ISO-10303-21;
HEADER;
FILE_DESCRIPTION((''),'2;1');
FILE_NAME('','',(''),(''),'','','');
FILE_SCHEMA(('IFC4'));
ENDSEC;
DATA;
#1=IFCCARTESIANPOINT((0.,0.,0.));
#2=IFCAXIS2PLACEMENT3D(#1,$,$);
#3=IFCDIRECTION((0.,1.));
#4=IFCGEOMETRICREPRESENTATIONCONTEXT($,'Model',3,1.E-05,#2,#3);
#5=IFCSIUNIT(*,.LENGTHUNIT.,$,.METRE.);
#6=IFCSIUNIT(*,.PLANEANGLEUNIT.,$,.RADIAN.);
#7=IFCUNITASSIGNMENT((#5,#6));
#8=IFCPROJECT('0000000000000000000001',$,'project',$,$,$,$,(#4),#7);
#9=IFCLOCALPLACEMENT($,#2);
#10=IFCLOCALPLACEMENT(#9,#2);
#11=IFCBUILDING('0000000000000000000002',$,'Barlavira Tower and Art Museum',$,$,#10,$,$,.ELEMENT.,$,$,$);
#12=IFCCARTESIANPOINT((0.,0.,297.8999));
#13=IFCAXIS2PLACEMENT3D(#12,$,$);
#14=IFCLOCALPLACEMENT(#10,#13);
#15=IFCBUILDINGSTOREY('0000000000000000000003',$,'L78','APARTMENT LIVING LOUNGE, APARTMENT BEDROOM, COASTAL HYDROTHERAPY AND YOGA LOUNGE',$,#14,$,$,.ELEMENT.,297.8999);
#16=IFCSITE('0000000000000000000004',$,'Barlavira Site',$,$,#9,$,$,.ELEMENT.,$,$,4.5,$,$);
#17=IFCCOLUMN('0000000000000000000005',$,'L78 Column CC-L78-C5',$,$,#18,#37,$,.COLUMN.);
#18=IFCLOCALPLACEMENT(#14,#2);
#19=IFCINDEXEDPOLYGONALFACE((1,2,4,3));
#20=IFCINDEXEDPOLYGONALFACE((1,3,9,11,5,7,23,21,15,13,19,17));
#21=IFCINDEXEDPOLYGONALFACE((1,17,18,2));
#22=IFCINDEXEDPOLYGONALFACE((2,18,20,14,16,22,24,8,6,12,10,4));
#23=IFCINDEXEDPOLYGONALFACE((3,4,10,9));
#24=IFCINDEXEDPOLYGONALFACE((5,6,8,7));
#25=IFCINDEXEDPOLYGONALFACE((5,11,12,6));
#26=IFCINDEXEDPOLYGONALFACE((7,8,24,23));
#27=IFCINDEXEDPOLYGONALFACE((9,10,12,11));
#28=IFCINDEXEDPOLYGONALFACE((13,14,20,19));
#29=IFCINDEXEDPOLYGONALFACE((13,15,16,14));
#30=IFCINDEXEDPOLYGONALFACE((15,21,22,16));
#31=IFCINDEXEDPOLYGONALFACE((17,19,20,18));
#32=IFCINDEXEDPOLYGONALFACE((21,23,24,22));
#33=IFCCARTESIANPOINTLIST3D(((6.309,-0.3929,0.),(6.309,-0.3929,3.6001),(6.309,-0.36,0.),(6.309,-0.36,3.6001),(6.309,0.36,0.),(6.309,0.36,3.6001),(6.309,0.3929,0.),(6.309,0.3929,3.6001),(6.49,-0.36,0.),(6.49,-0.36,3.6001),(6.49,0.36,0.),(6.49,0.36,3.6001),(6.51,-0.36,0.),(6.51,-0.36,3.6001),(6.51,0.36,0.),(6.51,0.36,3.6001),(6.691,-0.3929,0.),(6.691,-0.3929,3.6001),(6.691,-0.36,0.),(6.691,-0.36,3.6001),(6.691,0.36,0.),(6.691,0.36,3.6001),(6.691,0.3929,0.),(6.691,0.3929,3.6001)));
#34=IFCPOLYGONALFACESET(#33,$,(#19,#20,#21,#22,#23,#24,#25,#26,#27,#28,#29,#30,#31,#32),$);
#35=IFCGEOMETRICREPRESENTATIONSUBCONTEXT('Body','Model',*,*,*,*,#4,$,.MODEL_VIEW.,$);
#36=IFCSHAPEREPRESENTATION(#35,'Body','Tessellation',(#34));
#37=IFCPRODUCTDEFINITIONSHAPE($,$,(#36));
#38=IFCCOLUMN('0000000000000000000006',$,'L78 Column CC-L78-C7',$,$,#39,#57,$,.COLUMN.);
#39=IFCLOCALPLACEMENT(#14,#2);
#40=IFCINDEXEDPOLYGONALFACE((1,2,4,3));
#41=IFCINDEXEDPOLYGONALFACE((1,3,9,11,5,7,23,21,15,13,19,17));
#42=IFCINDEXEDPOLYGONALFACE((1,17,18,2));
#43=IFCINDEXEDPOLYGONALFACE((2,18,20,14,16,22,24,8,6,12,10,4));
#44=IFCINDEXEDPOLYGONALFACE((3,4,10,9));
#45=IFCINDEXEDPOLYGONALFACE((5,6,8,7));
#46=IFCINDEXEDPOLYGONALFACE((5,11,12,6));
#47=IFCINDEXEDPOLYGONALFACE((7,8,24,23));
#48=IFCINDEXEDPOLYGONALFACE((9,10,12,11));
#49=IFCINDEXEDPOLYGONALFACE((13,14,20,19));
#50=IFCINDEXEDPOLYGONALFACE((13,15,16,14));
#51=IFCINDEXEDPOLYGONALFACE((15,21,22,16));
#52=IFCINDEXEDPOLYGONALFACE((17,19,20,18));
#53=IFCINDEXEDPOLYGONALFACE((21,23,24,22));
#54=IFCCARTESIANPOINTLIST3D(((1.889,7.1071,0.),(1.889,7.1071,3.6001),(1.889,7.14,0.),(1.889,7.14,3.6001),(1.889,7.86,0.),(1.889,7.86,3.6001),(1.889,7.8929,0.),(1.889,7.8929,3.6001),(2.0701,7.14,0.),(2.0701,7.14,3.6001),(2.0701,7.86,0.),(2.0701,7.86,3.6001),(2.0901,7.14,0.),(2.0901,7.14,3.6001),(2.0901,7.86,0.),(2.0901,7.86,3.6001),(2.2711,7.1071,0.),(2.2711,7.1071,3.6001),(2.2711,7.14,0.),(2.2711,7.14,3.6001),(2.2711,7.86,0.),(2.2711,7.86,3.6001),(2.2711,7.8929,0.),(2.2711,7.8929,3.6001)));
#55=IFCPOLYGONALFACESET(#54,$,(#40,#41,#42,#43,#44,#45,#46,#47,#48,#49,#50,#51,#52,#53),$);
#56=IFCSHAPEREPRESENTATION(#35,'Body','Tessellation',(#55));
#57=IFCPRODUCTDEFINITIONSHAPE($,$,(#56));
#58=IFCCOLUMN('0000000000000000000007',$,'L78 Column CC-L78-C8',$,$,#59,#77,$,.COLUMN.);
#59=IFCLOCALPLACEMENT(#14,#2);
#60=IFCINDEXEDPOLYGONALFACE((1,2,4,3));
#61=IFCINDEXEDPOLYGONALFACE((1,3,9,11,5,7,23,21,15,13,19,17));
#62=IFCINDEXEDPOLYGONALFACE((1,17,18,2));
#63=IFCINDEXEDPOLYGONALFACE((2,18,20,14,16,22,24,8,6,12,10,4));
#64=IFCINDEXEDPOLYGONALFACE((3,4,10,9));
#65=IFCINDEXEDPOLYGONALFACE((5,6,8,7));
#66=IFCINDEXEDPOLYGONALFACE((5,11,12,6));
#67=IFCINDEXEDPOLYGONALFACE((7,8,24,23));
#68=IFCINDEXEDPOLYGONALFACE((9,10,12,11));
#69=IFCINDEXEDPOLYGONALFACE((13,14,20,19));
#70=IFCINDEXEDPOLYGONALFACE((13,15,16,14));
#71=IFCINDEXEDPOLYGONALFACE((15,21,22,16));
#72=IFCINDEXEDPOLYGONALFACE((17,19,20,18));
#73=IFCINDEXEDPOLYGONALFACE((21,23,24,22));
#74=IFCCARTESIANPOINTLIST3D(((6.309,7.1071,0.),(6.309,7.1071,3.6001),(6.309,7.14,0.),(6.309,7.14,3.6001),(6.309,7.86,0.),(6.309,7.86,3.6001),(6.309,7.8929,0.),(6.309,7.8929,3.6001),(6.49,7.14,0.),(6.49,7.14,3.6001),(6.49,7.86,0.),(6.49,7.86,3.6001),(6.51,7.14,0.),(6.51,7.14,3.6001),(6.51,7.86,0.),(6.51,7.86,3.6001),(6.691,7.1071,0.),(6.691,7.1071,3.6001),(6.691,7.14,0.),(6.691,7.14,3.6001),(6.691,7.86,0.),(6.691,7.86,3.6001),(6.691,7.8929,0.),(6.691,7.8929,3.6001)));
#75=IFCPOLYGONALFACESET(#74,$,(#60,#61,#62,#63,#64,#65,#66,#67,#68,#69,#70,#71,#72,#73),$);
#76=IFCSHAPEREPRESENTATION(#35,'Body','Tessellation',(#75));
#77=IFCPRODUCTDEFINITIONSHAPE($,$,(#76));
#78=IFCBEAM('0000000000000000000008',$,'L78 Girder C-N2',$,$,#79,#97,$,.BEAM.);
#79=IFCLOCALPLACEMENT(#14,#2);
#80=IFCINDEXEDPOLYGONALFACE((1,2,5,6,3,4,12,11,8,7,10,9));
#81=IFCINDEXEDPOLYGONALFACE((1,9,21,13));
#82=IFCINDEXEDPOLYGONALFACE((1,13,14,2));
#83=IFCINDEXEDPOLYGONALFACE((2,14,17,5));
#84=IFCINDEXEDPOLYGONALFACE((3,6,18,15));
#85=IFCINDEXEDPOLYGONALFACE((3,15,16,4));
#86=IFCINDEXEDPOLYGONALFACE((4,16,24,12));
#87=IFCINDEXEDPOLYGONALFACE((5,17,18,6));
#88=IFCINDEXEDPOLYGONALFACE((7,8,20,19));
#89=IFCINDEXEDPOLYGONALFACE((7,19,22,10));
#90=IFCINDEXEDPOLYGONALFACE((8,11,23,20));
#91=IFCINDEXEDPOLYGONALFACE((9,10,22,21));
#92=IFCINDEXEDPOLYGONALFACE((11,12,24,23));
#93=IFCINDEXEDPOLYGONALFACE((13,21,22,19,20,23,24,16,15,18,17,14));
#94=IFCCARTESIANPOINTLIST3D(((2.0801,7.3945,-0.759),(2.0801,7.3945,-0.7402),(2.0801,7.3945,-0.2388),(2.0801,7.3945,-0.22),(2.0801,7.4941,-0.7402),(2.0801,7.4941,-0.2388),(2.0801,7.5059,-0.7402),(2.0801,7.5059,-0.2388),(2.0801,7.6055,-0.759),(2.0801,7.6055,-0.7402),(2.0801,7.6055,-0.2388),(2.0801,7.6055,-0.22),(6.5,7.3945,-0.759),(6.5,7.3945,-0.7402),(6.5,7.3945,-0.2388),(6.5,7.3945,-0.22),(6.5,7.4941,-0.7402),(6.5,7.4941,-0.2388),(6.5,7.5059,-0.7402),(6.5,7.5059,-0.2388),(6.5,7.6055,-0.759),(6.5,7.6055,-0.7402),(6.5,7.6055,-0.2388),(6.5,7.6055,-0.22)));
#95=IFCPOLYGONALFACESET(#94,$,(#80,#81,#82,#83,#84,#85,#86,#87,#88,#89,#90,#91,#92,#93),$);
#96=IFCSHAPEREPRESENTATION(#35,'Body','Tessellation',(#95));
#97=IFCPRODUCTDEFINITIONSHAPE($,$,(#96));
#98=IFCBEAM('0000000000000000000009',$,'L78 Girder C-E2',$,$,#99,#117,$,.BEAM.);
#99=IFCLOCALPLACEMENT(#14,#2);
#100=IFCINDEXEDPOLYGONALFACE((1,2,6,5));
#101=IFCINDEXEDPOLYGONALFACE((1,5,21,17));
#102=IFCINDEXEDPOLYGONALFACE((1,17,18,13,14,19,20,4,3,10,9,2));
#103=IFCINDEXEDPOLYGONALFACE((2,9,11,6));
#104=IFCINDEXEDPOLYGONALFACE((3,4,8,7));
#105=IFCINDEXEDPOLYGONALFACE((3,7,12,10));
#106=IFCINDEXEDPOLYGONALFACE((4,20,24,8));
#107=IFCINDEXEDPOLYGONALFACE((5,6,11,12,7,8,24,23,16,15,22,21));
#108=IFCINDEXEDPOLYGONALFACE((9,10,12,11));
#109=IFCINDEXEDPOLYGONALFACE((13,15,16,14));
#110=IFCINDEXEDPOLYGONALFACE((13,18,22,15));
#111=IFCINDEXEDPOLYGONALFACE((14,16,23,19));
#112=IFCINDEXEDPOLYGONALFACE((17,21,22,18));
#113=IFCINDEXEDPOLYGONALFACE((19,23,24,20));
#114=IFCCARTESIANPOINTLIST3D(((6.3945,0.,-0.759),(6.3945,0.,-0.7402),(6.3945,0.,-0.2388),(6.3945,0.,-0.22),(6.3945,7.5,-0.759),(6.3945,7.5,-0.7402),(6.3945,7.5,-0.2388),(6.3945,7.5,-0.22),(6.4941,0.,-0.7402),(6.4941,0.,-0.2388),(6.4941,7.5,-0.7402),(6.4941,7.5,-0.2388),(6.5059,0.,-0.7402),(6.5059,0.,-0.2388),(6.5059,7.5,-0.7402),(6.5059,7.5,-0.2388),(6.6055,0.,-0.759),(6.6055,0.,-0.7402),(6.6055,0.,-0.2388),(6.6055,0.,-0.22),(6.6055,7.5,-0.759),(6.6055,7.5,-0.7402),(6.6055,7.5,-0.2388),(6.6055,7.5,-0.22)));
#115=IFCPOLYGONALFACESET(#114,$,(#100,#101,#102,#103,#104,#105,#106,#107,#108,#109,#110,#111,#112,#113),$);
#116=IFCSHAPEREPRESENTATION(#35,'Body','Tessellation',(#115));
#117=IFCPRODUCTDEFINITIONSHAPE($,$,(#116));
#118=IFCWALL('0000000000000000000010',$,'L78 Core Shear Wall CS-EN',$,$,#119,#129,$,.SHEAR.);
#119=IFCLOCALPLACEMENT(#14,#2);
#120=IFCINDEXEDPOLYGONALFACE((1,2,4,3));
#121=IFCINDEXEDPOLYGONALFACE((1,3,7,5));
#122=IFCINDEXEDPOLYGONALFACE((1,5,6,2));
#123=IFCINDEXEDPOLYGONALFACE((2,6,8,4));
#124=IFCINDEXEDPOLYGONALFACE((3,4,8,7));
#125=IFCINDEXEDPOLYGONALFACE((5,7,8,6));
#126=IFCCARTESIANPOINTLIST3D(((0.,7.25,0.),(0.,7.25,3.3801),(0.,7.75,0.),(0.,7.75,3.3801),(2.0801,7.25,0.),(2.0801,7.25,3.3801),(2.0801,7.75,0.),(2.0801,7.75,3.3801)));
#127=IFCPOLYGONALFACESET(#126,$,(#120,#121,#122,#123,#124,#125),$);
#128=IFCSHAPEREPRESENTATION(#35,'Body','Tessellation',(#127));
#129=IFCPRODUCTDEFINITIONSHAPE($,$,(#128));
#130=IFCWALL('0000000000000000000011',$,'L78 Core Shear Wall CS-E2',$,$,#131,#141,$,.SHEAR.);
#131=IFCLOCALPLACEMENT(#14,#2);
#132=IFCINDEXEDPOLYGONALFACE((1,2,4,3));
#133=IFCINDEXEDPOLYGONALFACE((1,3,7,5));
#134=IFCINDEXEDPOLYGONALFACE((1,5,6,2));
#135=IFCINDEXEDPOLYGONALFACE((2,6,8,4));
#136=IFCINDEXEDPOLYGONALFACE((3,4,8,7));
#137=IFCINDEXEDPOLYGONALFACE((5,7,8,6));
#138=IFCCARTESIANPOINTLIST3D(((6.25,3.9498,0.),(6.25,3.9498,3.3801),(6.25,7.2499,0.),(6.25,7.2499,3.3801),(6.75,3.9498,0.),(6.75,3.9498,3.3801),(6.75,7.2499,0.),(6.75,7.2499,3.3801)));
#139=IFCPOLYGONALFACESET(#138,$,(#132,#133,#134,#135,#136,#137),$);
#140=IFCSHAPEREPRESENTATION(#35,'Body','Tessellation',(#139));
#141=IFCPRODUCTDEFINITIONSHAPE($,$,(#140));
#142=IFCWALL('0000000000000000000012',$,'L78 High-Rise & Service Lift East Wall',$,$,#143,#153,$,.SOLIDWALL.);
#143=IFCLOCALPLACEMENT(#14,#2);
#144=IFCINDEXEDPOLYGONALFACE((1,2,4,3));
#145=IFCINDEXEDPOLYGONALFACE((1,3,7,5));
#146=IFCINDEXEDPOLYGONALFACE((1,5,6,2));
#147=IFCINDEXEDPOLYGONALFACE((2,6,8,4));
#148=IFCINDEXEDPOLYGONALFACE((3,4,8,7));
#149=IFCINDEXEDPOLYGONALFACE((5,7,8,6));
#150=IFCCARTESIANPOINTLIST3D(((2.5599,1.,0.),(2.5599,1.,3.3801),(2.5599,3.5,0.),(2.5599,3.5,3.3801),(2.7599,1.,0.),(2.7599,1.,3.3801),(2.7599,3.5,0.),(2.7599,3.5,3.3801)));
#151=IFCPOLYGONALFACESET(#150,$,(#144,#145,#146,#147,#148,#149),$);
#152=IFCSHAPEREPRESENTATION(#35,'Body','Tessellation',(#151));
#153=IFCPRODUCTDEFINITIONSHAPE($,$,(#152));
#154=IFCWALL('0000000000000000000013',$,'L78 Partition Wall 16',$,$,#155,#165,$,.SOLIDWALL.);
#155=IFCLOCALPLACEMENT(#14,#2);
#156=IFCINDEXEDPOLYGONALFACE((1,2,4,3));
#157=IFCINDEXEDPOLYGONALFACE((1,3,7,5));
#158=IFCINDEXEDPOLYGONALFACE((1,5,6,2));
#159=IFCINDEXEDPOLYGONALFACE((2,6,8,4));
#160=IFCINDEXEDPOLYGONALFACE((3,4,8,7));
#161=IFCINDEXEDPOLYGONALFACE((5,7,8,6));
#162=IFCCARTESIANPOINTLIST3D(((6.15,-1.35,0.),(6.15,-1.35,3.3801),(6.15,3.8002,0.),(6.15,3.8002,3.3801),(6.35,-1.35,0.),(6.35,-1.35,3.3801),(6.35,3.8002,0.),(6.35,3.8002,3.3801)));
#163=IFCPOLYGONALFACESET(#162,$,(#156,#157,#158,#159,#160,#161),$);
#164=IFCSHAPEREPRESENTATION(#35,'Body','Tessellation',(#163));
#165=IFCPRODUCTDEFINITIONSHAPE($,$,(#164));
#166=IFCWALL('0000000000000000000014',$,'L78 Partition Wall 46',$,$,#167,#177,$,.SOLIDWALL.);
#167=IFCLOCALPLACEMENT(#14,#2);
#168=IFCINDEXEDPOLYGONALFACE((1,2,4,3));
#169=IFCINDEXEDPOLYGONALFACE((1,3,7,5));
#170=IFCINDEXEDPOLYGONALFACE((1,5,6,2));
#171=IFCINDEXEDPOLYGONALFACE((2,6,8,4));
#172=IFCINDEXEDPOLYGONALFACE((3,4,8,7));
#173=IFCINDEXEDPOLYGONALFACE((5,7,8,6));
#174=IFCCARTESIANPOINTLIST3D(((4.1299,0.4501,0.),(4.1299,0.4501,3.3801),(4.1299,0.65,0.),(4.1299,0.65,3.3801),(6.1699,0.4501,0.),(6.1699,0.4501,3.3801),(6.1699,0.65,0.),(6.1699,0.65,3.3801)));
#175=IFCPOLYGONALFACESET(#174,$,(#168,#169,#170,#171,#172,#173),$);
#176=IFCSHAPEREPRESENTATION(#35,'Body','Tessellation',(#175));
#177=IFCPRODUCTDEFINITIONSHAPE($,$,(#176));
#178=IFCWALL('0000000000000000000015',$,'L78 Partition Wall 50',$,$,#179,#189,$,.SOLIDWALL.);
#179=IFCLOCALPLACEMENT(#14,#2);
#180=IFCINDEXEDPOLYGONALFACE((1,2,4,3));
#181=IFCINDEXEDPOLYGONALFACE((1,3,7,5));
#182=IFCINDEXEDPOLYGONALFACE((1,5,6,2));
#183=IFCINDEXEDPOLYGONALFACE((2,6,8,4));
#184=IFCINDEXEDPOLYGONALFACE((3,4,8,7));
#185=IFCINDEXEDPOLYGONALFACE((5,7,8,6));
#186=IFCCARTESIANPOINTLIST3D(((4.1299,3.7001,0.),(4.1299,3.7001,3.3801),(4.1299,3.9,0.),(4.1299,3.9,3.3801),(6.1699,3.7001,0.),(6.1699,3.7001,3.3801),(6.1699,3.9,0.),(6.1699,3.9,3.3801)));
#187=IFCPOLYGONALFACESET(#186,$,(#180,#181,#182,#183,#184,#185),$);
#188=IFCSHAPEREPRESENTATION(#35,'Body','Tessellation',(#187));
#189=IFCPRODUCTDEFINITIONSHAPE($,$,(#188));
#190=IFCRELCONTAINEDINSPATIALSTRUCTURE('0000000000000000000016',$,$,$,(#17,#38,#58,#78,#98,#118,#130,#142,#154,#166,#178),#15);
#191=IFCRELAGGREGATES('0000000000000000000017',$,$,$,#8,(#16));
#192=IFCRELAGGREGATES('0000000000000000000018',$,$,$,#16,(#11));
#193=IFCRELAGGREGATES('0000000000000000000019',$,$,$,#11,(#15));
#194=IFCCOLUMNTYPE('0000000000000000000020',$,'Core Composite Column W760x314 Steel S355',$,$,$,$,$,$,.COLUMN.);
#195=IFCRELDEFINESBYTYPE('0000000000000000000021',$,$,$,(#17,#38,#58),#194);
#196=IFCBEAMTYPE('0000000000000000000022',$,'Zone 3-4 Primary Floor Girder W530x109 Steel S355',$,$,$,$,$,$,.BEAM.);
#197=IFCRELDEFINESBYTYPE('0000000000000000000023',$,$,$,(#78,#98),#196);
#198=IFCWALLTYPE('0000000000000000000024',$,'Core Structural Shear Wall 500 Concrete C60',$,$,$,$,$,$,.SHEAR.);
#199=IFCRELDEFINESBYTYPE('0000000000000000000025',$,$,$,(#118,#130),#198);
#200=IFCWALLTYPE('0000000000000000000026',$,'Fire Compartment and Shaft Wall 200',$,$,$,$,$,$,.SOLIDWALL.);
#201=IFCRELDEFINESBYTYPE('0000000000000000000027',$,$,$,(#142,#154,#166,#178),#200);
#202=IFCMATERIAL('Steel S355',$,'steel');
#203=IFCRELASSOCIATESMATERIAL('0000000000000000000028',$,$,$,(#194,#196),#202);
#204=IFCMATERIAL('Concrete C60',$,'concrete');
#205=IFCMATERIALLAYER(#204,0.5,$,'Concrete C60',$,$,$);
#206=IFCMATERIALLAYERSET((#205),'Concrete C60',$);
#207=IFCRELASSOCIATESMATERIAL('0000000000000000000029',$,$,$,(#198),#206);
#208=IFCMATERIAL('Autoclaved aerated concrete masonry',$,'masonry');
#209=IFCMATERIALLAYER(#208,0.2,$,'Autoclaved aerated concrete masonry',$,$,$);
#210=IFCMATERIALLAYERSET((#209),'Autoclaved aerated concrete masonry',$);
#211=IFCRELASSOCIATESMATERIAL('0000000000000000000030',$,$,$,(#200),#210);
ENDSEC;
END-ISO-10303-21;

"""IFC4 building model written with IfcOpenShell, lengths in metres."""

from ifc_helpers import new_model, si_unit, direction, frame, frame_2d, origin, origin_2d, place, context, subcontext, project, spatial, rectangle, i_section, extrude, material, layer, layer_set, material_profile, profile_set, type_object, element, save


model = new_model("IFC4")

# Units and contexts
model_context = context("Model", 3, precision=1e-05, world=origin(), true_north=direction((0.0, 1.0)))
body_context = subcontext(model_context, "Body", "Model", "MODEL_VIEW")
ifc_project = project(units=[si_unit("LENGTHUNIT", "METRE"), si_unit("PLANEANGLEUNIT", "RADIAN")], contexts=[model_context])

# Site, building, storey
site_placement = place(None, origin())
site = spatial("IfcSite", under=ifc_project, at=site_placement, Name="Barlavira Site", CompositionType="ELEMENT", RefElevation=4.5)
building_placement = place(site_placement, origin())
building = spatial("IfcBuilding", under=site, at=building_placement, Name="Barlavira Tower and Art Museum", CompositionType="ELEMENT")
storey_placement = place(building_placement, frame((0.0, 0.0, 297.8999)))
storey = spatial("IfcBuildingStorey", under=building, at=storey_placement, Name="L78", Description="APARTMENT LIVING LOUNGE, APARTMENT BEDROOM, COASTAL HYDROTHERAPY AND YOGA LOUNGE", CompositionType="ELEMENT", Elevation=297.8999)

# Columns
ifc_material_1 = material(Name="Steel S355", Category="steel")
ifc_material_profile_1 = material_profile(ifc_material_1, i_section(OverallWidth=0.3821, OverallDepth=0.7859, WebThickness=0.02, FlangeThickness=0.033, at=origin_2d()), Name="W760x314.0")
ifc_profile_set_1 = profile_set([ifc_material_profile_1], Name="Steel S355")
column_type = type_object("IfcColumnType", Name="Core Composite Column W760x314 Steel S355", PredefinedType="COLUMN", material=ifc_profile_set_1)
for number, where, z_axis, x_axis, name in (
    (1, (6.5, 0.0, 0.0), (0.0, 0.0, 1.0), (1.0, 0.0, 0.0), "L78 Column CC-L78-C5"),
    (2, (2.0801, 7.5, 0.0), (0.0, 0.0, 1.0), (1.0, 0.0, 0.0), "L78 Column CC-L78-C7"),
    (3, (6.5, 7.5, 0.0), (0.0, 0.0, 1.0), (1.0, 0.0, 0.0), "L78 Column CC-L78-C8"),
):
    element("IfcColumn", number, at=place(storey_placement, frame(where, z_axis=z_axis, x_axis=x_axis)), inside=storey, type_object=column_type, Name=name, PredefinedType="COLUMN", context=body_context, shape_type="SweptSolid", body=[
        extrude(i_section(OverallWidth=0.3821, OverallDepth=0.7859, WebThickness=0.02, FlangeThickness=0.033, at=origin_2d()), origin(), (0.0, 0.0, 1.0), 3.6001),
    ])

# Beams
ifc_material_profile_2 = material_profile(ifc_material_1, i_section(OverallWidth=0.2109, OverallDepth=0.5391, WebThickness=0.0117, FlangeThickness=0.0188, at=origin_2d()), Name="W530x109.0")
ifc_profile_set_2 = profile_set([ifc_material_profile_2], Name="Steel S355")
beam_type = type_object("IfcBeamType", Name="Zone 3-4 Primary Floor Girder W530x109 Steel S355", PredefinedType="BEAM", material=ifc_profile_set_2)
beam_1_placement = place(storey_placement, frame((2.0801, 7.5, -0.4895), z_axis=(1.0, 0.0, 0.0), x_axis=(0.0, 1.0, 0.0)))
element("IfcBeam", 4, at=beam_1_placement, inside=storey, type_object=beam_type, Name="L78 Girder C-N2", PredefinedType="BEAM", context=body_context, shape_type="SweptSolid", body=[
    extrude(i_section(OverallWidth=0.2109, OverallDepth=0.5391, WebThickness=0.0117, FlangeThickness=0.0188, at=origin_2d()), origin(), (0.0, 0.0, 1.0), 4.4199),
])
beam_2_placement = place(storey_placement, frame((6.5, 0.0, -0.4895), z_axis=(0.0, 1.0, 0.0), x_axis=(-1.0, 0.0, 0.0)))
element("IfcBeam", 5, at=beam_2_placement, inside=storey, type_object=beam_type, Name="L78 Girder C-E2", PredefinedType="BEAM", context=body_context, shape_type="SweptSolid", body=[
    extrude(i_section(OverallWidth=0.2109, OverallDepth=0.5391, WebThickness=0.0117, FlangeThickness=0.0188, at=origin_2d()), origin(), (0.0, 0.0, 1.0), 7.5),
])

# Walls
ifc_material_2 = material(Name="Concrete C60", Category="concrete")
ifc_layer_1 = layer(ifc_material_2, 0.5, Name="Concrete C60")
ifc_layer_set_1 = layer_set([ifc_layer_1], Name="Concrete C60")
wall_type_1 = type_object("IfcWallType", Name="Core Structural Shear Wall 500 Concrete C60", PredefinedType="SHEAR", material=ifc_layer_set_1)
wall_1_placement = place(storey_placement, frame((0.0, 7.5, 0.0), z_axis=(0.0, 0.0, 1.0), x_axis=(1.0, 0.0, 0.0)))
element("IfcWall", 6, at=wall_1_placement, inside=storey, type_object=wall_type_1, Name="L78 Core Shear Wall CS-EN", PredefinedType="SHEAR", context=body_context, shape_type="SweptSolid", body=[
    extrude(rectangle(XDim=2.0801, YDim=0.5, at=frame_2d((1.04, 0.0))), origin(), (0.0, 0.0, 1.0), 3.3801),
])
wall_2_placement = place(storey_placement, frame((6.5, 3.95, 0.0), z_axis=(0.0, 0.0, 1.0), x_axis=(0.0, 1.0, 0.0)))
element("IfcWall", 7, at=wall_2_placement, inside=storey, type_object=wall_type_1, Name="L78 Core Shear Wall CS-E2", PredefinedType="SHEAR", context=body_context, shape_type="SweptSolid", body=[
    extrude(rectangle(XDim=3.3, YDim=0.5, at=frame_2d((1.6499, 0.0))), origin(), (0.0, 0.0, 1.0), 3.3801),
])
ifc_material_3 = material(Name="Autoclaved aerated concrete masonry", Category="masonry")
ifc_layer_2 = layer(ifc_material_3, 0.2, Name="Autoclaved aerated concrete masonry")
ifc_layer_set_2 = layer_set([ifc_layer_2], Name="Autoclaved aerated concrete masonry")
wall_type_2 = type_object("IfcWallType", Name="Fire Compartment and Shaft Wall 200", PredefinedType="SOLIDWALL", material=ifc_layer_set_2)
wall_3_placement = place(storey_placement, frame((2.6599, 1.0, 0.0), z_axis=(0.0, 0.0, 1.0), x_axis=(0.0, 1.0, 0.0)))
element("IfcWall", 8, at=wall_3_placement, inside=storey, type_object=wall_type_2, Name="L78 High-Rise & Service Lift East Wall", PredefinedType="SOLIDWALL", context=body_context, shape_type="SweptSolid", body=[
    extrude(rectangle(XDim=2.5, YDim=0.2, at=frame_2d((1.25, 0.0))), origin(), (0.0, 0.0, 1.0), 3.3801),
])

# Walls
wall_4_placement = place(storey_placement, frame((6.25, -1.3501, 0.0), z_axis=(0.0, 0.0, 1.0), x_axis=(0.0, 1.0, 0.0)))
element("IfcWall", 9, at=wall_4_placement, inside=storey, type_object=wall_type_2, Name="L78 Partition Wall 16", PredefinedType="SOLIDWALL", context=body_context, shape_type="SweptSolid", body=[
    extrude(rectangle(XDim=5.1501, YDim=0.2, at=frame_2d((2.5752, 0.0))), origin(), (0.0, 0.0, 1.0), 3.3801),
])
for number, where, z_axis, x_axis, name in (
    (10, (4.1299, 0.55, 0.0), (0.0, 0.0, 1.0), (1.0, 0.0, 0.0), "L78 Partition Wall 46"),
    (11, (4.1299, 3.8, 0.0), (0.0, 0.0, 1.0), (1.0, 0.0, 0.0), "L78 Partition Wall 50"),
):
    element("IfcWall", number, at=place(storey_placement, frame(where, z_axis=z_axis, x_axis=x_axis)), inside=storey, type_object=wall_type_2, Name=name, PredefinedType="SOLIDWALL", context=body_context, shape_type="SweptSolid", body=[
        extrude(rectangle(XDim=2.04, YDim=0.2, at=frame_2d((1.02, 0.0))), origin(), (0.0, 0.0, 1.0), 3.3801),
    ])

save(model, "model.ifc")
